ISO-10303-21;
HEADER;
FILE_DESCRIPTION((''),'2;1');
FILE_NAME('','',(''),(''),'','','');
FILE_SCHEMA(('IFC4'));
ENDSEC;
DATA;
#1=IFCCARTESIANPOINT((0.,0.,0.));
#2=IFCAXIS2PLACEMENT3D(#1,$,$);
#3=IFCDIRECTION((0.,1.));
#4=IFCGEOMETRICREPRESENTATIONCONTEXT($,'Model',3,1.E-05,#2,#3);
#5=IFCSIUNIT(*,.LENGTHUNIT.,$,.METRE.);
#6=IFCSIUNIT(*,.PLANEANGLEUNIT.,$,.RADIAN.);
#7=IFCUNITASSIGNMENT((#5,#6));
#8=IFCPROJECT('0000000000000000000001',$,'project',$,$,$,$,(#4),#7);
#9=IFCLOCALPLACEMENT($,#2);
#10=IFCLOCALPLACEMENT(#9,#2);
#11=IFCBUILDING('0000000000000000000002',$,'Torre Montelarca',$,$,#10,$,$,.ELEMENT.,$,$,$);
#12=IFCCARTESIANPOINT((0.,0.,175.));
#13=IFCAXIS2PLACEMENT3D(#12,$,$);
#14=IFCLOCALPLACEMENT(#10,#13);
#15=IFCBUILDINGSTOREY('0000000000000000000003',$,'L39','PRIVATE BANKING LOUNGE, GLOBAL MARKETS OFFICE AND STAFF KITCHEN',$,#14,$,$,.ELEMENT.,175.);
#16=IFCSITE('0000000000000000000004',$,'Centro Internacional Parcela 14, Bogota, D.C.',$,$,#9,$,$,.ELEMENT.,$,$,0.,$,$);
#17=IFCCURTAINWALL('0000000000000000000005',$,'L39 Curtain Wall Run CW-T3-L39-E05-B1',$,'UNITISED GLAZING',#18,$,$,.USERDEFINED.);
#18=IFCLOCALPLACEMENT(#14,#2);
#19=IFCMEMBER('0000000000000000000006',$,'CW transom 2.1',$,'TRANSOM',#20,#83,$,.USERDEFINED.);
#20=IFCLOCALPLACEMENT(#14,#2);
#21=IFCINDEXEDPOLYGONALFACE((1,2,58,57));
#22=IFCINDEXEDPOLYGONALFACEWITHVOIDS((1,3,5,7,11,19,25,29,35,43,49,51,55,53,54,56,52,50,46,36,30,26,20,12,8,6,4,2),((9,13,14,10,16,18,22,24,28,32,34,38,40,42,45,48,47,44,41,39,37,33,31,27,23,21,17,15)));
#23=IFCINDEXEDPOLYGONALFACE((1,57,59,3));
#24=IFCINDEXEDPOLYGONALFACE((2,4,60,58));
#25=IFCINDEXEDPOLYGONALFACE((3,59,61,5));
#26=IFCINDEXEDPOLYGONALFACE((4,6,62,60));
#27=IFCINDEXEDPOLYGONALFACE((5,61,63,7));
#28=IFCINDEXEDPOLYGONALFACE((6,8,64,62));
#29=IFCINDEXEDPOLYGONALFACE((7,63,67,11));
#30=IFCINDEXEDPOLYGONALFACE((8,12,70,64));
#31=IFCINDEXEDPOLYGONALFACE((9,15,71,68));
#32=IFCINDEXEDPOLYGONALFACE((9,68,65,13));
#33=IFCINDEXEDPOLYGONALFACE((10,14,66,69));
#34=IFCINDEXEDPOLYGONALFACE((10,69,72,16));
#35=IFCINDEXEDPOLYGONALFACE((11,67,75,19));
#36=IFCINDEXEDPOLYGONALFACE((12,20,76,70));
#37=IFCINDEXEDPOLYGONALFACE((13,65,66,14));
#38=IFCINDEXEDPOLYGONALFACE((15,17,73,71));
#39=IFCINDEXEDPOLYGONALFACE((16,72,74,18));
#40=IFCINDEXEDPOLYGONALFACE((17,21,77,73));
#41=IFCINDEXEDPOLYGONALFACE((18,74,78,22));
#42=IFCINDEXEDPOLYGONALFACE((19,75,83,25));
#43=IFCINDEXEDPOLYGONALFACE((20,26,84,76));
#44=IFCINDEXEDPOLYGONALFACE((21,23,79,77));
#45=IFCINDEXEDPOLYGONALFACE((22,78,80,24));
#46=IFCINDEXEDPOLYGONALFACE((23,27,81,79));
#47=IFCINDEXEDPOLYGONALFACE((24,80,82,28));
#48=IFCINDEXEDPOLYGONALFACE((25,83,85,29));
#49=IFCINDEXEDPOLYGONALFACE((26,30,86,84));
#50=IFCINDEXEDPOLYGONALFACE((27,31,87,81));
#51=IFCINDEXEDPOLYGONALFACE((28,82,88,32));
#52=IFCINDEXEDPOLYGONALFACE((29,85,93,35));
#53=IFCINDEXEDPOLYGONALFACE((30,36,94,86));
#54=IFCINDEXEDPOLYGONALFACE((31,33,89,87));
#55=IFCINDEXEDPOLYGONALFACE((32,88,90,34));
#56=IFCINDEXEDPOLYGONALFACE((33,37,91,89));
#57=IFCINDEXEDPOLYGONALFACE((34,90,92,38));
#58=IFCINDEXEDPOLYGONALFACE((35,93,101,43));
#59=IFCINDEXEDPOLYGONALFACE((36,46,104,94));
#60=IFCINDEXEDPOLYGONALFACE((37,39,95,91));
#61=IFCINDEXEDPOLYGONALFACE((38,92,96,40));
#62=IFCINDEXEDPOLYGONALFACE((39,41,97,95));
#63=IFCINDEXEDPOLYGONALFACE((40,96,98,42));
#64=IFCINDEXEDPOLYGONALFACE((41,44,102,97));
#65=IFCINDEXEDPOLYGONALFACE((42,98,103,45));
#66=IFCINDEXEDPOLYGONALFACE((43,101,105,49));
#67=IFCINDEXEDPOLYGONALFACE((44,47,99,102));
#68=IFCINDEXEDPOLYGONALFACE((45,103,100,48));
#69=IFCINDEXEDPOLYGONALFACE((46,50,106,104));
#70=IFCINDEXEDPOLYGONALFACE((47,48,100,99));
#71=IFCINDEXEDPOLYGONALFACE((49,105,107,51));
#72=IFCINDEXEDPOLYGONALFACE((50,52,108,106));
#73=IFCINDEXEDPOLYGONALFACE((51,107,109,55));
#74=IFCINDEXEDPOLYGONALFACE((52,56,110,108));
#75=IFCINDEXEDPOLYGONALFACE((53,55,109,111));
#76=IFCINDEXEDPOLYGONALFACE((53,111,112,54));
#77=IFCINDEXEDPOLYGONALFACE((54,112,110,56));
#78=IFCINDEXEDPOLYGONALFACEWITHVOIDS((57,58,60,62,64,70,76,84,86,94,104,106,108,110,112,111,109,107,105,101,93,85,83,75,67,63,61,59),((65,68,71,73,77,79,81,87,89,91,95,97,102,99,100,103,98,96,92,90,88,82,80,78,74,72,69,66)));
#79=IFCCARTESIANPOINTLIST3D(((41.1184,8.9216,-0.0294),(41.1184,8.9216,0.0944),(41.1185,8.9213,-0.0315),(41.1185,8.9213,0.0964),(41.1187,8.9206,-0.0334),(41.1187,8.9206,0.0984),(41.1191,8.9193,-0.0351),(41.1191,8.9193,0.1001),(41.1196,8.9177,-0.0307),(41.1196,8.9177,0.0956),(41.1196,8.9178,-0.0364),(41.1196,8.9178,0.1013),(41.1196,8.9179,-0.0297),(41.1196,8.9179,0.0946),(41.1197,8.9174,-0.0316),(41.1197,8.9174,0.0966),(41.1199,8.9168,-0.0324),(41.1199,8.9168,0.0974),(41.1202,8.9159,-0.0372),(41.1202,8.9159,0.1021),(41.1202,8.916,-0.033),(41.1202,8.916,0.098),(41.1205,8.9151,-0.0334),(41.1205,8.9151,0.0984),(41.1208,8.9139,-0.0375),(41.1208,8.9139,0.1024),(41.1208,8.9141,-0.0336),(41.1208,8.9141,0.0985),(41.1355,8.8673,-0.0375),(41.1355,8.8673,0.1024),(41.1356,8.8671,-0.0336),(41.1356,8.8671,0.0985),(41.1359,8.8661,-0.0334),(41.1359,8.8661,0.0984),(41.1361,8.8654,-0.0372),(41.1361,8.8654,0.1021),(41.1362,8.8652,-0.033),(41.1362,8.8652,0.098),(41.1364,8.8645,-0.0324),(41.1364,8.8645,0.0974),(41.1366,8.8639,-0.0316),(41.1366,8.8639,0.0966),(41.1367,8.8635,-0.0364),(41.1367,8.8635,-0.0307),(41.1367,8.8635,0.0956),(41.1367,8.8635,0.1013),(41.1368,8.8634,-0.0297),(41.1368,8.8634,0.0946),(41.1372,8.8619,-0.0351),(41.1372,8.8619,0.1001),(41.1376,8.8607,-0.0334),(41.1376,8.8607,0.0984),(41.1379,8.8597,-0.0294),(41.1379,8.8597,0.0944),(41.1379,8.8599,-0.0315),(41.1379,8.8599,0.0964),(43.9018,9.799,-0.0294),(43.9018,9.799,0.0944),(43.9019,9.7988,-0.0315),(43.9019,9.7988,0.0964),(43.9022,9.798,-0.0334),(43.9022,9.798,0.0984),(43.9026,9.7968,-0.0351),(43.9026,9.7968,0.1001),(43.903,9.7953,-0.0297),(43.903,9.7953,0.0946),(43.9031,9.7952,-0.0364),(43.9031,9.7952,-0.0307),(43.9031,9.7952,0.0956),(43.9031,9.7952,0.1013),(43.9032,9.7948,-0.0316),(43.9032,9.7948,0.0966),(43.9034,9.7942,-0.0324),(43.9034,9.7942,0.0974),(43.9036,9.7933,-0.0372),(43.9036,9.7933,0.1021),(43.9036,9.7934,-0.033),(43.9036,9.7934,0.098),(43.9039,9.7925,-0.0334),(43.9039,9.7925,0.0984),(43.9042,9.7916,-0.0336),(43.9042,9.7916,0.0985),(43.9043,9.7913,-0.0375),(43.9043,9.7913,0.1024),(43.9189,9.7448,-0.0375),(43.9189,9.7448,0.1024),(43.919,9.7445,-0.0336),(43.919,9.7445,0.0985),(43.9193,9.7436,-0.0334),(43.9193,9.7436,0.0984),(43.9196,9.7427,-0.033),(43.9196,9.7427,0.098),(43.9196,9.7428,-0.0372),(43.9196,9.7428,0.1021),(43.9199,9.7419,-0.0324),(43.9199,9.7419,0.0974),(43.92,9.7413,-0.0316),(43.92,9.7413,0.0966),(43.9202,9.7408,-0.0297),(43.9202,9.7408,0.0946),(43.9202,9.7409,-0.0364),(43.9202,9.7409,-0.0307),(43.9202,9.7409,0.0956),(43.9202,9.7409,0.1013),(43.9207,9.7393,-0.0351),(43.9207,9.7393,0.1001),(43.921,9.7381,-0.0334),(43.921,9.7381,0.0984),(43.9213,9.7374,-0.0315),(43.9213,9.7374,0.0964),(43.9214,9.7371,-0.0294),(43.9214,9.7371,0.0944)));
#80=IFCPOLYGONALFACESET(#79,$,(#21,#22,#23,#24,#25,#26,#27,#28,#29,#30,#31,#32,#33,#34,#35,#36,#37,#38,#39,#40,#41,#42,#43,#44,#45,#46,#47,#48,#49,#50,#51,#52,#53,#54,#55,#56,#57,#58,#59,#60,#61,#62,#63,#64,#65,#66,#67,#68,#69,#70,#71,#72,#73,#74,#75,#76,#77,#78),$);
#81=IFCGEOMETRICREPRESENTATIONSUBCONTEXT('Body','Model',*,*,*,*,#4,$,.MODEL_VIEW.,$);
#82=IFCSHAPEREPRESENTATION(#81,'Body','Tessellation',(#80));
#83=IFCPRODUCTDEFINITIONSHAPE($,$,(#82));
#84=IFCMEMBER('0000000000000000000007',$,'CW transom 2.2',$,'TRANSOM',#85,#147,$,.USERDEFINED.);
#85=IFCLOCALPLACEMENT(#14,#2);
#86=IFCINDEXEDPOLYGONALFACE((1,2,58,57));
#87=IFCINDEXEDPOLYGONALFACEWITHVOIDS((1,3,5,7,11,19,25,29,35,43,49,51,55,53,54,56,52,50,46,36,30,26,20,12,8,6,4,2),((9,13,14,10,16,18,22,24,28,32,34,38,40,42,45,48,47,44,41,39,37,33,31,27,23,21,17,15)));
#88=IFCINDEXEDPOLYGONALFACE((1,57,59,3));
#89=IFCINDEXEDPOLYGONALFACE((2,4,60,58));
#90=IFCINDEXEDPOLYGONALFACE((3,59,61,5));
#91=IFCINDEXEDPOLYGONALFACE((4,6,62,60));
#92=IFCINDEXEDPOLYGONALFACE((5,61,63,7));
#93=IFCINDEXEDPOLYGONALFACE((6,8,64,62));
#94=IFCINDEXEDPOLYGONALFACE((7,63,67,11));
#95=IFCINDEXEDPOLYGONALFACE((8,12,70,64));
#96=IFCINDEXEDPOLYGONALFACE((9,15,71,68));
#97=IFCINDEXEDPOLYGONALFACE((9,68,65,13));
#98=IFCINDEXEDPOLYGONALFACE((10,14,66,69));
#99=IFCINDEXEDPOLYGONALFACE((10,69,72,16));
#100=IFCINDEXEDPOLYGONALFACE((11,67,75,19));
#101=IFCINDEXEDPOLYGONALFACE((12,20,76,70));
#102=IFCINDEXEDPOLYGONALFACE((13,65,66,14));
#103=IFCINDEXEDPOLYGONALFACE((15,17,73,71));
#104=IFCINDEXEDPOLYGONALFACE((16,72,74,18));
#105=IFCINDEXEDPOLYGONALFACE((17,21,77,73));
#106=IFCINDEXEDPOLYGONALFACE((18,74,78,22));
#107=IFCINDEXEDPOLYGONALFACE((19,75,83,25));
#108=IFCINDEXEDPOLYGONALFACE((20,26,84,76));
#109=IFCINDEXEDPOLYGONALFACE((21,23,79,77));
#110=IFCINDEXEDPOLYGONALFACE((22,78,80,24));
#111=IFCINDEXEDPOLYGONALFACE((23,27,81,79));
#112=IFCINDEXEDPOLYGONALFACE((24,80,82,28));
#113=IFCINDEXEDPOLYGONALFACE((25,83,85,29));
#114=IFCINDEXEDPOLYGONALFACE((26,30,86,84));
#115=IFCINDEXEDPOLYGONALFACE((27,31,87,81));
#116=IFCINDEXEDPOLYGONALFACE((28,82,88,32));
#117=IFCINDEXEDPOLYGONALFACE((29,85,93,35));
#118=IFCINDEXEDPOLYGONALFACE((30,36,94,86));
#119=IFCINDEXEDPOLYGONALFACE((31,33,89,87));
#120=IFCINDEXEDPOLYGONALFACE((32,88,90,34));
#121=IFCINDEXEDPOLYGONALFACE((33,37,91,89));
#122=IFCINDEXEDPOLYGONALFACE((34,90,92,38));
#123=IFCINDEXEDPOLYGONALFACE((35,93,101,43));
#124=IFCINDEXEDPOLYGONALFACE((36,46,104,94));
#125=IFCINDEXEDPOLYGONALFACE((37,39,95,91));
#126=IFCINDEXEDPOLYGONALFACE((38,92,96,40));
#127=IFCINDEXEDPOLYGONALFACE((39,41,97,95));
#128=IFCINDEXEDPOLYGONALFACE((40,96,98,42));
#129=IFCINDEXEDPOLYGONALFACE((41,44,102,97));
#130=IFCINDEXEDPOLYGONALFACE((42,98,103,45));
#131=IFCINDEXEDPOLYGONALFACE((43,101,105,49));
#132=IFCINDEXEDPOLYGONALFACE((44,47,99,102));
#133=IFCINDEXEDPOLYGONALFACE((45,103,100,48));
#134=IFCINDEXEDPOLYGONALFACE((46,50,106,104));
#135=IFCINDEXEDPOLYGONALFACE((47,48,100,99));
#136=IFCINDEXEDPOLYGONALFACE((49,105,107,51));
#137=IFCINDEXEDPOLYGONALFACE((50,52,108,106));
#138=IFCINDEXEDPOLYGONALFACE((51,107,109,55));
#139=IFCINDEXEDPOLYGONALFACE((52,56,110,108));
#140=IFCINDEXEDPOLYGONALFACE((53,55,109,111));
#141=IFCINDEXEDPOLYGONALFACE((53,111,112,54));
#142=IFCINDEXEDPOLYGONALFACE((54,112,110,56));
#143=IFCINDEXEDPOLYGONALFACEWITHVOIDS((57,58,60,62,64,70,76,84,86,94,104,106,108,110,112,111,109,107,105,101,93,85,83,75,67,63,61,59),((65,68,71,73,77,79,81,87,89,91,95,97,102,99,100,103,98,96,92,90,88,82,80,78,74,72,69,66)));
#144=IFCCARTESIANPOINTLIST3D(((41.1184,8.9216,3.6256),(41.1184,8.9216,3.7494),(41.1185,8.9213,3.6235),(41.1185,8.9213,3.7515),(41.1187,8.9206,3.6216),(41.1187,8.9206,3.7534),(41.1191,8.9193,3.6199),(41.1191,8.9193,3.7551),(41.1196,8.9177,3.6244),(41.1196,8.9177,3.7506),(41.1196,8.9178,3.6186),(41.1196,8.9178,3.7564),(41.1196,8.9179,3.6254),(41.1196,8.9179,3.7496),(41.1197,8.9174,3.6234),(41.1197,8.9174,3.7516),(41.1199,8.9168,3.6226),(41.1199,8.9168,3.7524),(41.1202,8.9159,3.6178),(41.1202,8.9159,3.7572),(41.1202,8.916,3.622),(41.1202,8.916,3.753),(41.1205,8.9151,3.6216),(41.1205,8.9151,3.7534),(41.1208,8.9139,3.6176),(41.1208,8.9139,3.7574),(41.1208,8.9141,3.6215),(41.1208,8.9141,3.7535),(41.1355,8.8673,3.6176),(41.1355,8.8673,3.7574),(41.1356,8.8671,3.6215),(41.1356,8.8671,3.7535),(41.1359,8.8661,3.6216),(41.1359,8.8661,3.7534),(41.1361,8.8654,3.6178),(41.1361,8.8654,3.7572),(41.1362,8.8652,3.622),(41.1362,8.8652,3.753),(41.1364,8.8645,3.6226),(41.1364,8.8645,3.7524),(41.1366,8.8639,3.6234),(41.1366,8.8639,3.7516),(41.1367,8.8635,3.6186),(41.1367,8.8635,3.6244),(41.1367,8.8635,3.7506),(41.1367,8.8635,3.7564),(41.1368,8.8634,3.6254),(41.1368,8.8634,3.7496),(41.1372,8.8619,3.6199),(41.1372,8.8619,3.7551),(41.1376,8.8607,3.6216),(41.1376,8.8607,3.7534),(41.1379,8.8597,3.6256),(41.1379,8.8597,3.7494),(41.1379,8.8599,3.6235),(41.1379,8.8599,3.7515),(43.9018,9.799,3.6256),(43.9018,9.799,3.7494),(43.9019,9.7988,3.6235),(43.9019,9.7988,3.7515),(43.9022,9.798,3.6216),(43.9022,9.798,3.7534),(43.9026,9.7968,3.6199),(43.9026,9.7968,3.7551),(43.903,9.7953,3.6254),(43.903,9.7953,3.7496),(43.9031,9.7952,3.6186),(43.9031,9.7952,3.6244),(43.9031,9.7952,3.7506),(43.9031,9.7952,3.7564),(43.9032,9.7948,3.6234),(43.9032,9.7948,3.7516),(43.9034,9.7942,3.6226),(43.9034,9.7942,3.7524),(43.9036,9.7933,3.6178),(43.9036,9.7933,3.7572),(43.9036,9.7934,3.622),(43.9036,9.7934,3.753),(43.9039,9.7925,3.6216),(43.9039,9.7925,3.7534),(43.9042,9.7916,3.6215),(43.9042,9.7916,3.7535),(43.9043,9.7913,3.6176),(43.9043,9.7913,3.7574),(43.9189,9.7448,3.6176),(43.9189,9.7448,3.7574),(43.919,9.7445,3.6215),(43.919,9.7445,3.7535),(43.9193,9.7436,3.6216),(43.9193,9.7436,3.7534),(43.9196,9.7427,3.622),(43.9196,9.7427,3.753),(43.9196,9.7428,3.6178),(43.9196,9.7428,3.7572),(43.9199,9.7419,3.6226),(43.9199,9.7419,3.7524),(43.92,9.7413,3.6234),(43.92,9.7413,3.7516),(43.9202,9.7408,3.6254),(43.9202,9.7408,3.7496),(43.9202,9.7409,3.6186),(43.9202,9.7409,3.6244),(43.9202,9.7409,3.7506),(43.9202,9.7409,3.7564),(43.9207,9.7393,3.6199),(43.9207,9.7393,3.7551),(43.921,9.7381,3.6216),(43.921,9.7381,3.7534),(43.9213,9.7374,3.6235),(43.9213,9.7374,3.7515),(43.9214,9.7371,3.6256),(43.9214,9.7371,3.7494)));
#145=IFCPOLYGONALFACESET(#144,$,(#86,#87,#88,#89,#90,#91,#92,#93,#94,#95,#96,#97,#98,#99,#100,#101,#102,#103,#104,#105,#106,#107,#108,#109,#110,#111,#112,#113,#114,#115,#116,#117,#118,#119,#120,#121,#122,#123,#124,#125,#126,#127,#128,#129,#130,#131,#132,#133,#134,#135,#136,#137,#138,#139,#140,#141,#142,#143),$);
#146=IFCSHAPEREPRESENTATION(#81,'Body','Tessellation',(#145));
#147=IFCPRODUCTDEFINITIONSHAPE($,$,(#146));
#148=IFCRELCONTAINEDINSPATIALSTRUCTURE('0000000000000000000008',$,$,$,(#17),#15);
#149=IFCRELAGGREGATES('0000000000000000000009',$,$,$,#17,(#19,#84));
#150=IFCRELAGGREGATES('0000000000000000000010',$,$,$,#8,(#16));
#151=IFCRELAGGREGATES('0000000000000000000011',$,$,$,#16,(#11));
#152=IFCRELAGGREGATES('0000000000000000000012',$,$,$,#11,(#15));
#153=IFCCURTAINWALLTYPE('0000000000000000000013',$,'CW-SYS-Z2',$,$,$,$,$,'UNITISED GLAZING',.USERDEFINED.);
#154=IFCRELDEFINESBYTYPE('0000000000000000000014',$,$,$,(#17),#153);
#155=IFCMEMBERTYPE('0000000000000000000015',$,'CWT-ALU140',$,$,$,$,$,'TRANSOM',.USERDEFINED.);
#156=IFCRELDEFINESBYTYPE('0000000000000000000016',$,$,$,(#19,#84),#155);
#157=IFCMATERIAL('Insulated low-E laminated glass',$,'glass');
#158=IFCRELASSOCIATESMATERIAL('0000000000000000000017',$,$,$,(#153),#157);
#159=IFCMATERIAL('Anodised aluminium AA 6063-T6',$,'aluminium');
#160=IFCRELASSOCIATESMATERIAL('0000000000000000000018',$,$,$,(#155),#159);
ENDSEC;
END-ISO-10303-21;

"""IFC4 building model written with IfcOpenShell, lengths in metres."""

from ifc_helpers import new_model, si_unit, direction, frame, origin, origin_2d, place, context, subcontext, project, spatial, hollow_rectangle, extrude, source, transform, mapped, material, material_profile, profile_set, type_object, element, aggregate, save


model = new_model("IFC4")

# Units and contexts
model_context = context("Model", 3, precision=1e-05, world=origin(), true_north=direction((0.0, 1.0)))
body_context = subcontext(model_context, "Body", "Model", "MODEL_VIEW")
ifc_project = project(units=[si_unit("LENGTHUNIT", "METRE"), si_unit("PLANEANGLEUNIT", "RADIAN")], contexts=[model_context])

# Site, building, storey
site_placement = place(None, origin())
site = spatial("IfcSite", under=ifc_project, at=site_placement, Name="Centro Internacional Parcela 14, Bogota, D.C.", CompositionType="ELEMENT", RefElevation=0.0)
building_placement = place(site_placement, origin())
building = spatial("IfcBuilding", under=site, at=building_placement, Name="Torre Montelarca", CompositionType="ELEMENT")
storey_placement = place(building_placement, frame((0.0, 0.0, 175.0)))
storey = spatial("IfcBuildingStorey", under=building, at=storey_placement, Name="L39", Description="PRIVATE BANKING LOUNGE, GLOBAL MARKETS OFFICE AND STAFF KITCHEN", CompositionType="ELEMENT", Elevation=175.0)

# Curtain wall, members
ifc_material_1 = material(Name="Insulated low-E laminated glass", Category="glass")
curtain_wall_type = type_object("IfcCurtainWallType", Name="CW-SYS-Z2", ElementType="UNITISED GLAZING", PredefinedType="USERDEFINED", material=ifc_material_1)
curtain_wall_1_placement = place(storey_placement, origin())
curtain_wall_1 = element("IfcCurtainWall", 1, at=curtain_wall_1_placement, inside=storey, type_object=curtain_wall_type, Name="L39 Curtain Wall Run CW-T3-L39-E05-B1", ObjectType="UNITISED GLAZING", PredefinedType="USERDEFINED")
ifc_material_2 = material(Name="Anodised aluminium AA 6063-T6", Category="aluminium")
ifc_material_profile_1 = material_profile(ifc_material_2, hollow_rectangle(XDim=0.0649, YDim=0.1399, WallThickness=0.0039, InnerFilletRadius=0.0039, OuterFilletRadius=0.0081, at=origin_2d()), Name="ALU65X140X4", Category="aluminium")
ifc_profile_set_1 = profile_set([ifc_material_profile_1], Name="Anodised aluminium AA 6063-T6")
member_type_1 = type_object("IfcMemberType", Name="CWT-ALU140", ElementType="TRANSOM", PredefinedType="USERDEFINED", material=ifc_profile_set_1)
shared_shape_1 = source(origin(), body_context, "Body", "SweptSolid", [
    extrude(hollow_rectangle(XDim=0.0649, YDim=0.1399, WallThickness=0.0039, InnerFilletRadius=0.0039, OuterFilletRadius=0.0081, at=origin_2d()), origin(), (0.0, 0.0, 1.0), 2.9185),
])
member_1_placement = place(storey_placement, frame((41.1282, 8.8906, 0.0325), z_axis=(0.953734, 0.300651, 0.0), x_axis=(-0.300651, 0.953734, 0.0)))
member_1 = element("IfcMember", 2, at=member_1_placement, type_object=member_type_1, Name="CW transom 2.1", ObjectType="TRANSOM", PredefinedType="USERDEFINED", context=body_context, shape_type="MappedRepresentation", body=[
    mapped(shared_shape_1, transform((0.0, 0.0, 0.0), scale=1.0)),
])
member_2_placement = place(storey_placement, frame((41.1282, 8.8906, 3.6875), z_axis=(0.953734, 0.300651, 0.0), x_axis=(-0.300651, 0.953734, 0.0)))
member_2 = element("IfcMember", 3, at=member_2_placement, type_object=member_type_1, Name="CW transom 2.2", ObjectType="TRANSOM", PredefinedType="USERDEFINED", context=body_context, shape_type="MappedRepresentation", body=[
    mapped(shared_shape_1, transform((0.0, 0.0, 0.0), scale=1.0)),
])

aggregate(curtain_wall_1, [member_1, member_2])

save(model, "model.ifc")
